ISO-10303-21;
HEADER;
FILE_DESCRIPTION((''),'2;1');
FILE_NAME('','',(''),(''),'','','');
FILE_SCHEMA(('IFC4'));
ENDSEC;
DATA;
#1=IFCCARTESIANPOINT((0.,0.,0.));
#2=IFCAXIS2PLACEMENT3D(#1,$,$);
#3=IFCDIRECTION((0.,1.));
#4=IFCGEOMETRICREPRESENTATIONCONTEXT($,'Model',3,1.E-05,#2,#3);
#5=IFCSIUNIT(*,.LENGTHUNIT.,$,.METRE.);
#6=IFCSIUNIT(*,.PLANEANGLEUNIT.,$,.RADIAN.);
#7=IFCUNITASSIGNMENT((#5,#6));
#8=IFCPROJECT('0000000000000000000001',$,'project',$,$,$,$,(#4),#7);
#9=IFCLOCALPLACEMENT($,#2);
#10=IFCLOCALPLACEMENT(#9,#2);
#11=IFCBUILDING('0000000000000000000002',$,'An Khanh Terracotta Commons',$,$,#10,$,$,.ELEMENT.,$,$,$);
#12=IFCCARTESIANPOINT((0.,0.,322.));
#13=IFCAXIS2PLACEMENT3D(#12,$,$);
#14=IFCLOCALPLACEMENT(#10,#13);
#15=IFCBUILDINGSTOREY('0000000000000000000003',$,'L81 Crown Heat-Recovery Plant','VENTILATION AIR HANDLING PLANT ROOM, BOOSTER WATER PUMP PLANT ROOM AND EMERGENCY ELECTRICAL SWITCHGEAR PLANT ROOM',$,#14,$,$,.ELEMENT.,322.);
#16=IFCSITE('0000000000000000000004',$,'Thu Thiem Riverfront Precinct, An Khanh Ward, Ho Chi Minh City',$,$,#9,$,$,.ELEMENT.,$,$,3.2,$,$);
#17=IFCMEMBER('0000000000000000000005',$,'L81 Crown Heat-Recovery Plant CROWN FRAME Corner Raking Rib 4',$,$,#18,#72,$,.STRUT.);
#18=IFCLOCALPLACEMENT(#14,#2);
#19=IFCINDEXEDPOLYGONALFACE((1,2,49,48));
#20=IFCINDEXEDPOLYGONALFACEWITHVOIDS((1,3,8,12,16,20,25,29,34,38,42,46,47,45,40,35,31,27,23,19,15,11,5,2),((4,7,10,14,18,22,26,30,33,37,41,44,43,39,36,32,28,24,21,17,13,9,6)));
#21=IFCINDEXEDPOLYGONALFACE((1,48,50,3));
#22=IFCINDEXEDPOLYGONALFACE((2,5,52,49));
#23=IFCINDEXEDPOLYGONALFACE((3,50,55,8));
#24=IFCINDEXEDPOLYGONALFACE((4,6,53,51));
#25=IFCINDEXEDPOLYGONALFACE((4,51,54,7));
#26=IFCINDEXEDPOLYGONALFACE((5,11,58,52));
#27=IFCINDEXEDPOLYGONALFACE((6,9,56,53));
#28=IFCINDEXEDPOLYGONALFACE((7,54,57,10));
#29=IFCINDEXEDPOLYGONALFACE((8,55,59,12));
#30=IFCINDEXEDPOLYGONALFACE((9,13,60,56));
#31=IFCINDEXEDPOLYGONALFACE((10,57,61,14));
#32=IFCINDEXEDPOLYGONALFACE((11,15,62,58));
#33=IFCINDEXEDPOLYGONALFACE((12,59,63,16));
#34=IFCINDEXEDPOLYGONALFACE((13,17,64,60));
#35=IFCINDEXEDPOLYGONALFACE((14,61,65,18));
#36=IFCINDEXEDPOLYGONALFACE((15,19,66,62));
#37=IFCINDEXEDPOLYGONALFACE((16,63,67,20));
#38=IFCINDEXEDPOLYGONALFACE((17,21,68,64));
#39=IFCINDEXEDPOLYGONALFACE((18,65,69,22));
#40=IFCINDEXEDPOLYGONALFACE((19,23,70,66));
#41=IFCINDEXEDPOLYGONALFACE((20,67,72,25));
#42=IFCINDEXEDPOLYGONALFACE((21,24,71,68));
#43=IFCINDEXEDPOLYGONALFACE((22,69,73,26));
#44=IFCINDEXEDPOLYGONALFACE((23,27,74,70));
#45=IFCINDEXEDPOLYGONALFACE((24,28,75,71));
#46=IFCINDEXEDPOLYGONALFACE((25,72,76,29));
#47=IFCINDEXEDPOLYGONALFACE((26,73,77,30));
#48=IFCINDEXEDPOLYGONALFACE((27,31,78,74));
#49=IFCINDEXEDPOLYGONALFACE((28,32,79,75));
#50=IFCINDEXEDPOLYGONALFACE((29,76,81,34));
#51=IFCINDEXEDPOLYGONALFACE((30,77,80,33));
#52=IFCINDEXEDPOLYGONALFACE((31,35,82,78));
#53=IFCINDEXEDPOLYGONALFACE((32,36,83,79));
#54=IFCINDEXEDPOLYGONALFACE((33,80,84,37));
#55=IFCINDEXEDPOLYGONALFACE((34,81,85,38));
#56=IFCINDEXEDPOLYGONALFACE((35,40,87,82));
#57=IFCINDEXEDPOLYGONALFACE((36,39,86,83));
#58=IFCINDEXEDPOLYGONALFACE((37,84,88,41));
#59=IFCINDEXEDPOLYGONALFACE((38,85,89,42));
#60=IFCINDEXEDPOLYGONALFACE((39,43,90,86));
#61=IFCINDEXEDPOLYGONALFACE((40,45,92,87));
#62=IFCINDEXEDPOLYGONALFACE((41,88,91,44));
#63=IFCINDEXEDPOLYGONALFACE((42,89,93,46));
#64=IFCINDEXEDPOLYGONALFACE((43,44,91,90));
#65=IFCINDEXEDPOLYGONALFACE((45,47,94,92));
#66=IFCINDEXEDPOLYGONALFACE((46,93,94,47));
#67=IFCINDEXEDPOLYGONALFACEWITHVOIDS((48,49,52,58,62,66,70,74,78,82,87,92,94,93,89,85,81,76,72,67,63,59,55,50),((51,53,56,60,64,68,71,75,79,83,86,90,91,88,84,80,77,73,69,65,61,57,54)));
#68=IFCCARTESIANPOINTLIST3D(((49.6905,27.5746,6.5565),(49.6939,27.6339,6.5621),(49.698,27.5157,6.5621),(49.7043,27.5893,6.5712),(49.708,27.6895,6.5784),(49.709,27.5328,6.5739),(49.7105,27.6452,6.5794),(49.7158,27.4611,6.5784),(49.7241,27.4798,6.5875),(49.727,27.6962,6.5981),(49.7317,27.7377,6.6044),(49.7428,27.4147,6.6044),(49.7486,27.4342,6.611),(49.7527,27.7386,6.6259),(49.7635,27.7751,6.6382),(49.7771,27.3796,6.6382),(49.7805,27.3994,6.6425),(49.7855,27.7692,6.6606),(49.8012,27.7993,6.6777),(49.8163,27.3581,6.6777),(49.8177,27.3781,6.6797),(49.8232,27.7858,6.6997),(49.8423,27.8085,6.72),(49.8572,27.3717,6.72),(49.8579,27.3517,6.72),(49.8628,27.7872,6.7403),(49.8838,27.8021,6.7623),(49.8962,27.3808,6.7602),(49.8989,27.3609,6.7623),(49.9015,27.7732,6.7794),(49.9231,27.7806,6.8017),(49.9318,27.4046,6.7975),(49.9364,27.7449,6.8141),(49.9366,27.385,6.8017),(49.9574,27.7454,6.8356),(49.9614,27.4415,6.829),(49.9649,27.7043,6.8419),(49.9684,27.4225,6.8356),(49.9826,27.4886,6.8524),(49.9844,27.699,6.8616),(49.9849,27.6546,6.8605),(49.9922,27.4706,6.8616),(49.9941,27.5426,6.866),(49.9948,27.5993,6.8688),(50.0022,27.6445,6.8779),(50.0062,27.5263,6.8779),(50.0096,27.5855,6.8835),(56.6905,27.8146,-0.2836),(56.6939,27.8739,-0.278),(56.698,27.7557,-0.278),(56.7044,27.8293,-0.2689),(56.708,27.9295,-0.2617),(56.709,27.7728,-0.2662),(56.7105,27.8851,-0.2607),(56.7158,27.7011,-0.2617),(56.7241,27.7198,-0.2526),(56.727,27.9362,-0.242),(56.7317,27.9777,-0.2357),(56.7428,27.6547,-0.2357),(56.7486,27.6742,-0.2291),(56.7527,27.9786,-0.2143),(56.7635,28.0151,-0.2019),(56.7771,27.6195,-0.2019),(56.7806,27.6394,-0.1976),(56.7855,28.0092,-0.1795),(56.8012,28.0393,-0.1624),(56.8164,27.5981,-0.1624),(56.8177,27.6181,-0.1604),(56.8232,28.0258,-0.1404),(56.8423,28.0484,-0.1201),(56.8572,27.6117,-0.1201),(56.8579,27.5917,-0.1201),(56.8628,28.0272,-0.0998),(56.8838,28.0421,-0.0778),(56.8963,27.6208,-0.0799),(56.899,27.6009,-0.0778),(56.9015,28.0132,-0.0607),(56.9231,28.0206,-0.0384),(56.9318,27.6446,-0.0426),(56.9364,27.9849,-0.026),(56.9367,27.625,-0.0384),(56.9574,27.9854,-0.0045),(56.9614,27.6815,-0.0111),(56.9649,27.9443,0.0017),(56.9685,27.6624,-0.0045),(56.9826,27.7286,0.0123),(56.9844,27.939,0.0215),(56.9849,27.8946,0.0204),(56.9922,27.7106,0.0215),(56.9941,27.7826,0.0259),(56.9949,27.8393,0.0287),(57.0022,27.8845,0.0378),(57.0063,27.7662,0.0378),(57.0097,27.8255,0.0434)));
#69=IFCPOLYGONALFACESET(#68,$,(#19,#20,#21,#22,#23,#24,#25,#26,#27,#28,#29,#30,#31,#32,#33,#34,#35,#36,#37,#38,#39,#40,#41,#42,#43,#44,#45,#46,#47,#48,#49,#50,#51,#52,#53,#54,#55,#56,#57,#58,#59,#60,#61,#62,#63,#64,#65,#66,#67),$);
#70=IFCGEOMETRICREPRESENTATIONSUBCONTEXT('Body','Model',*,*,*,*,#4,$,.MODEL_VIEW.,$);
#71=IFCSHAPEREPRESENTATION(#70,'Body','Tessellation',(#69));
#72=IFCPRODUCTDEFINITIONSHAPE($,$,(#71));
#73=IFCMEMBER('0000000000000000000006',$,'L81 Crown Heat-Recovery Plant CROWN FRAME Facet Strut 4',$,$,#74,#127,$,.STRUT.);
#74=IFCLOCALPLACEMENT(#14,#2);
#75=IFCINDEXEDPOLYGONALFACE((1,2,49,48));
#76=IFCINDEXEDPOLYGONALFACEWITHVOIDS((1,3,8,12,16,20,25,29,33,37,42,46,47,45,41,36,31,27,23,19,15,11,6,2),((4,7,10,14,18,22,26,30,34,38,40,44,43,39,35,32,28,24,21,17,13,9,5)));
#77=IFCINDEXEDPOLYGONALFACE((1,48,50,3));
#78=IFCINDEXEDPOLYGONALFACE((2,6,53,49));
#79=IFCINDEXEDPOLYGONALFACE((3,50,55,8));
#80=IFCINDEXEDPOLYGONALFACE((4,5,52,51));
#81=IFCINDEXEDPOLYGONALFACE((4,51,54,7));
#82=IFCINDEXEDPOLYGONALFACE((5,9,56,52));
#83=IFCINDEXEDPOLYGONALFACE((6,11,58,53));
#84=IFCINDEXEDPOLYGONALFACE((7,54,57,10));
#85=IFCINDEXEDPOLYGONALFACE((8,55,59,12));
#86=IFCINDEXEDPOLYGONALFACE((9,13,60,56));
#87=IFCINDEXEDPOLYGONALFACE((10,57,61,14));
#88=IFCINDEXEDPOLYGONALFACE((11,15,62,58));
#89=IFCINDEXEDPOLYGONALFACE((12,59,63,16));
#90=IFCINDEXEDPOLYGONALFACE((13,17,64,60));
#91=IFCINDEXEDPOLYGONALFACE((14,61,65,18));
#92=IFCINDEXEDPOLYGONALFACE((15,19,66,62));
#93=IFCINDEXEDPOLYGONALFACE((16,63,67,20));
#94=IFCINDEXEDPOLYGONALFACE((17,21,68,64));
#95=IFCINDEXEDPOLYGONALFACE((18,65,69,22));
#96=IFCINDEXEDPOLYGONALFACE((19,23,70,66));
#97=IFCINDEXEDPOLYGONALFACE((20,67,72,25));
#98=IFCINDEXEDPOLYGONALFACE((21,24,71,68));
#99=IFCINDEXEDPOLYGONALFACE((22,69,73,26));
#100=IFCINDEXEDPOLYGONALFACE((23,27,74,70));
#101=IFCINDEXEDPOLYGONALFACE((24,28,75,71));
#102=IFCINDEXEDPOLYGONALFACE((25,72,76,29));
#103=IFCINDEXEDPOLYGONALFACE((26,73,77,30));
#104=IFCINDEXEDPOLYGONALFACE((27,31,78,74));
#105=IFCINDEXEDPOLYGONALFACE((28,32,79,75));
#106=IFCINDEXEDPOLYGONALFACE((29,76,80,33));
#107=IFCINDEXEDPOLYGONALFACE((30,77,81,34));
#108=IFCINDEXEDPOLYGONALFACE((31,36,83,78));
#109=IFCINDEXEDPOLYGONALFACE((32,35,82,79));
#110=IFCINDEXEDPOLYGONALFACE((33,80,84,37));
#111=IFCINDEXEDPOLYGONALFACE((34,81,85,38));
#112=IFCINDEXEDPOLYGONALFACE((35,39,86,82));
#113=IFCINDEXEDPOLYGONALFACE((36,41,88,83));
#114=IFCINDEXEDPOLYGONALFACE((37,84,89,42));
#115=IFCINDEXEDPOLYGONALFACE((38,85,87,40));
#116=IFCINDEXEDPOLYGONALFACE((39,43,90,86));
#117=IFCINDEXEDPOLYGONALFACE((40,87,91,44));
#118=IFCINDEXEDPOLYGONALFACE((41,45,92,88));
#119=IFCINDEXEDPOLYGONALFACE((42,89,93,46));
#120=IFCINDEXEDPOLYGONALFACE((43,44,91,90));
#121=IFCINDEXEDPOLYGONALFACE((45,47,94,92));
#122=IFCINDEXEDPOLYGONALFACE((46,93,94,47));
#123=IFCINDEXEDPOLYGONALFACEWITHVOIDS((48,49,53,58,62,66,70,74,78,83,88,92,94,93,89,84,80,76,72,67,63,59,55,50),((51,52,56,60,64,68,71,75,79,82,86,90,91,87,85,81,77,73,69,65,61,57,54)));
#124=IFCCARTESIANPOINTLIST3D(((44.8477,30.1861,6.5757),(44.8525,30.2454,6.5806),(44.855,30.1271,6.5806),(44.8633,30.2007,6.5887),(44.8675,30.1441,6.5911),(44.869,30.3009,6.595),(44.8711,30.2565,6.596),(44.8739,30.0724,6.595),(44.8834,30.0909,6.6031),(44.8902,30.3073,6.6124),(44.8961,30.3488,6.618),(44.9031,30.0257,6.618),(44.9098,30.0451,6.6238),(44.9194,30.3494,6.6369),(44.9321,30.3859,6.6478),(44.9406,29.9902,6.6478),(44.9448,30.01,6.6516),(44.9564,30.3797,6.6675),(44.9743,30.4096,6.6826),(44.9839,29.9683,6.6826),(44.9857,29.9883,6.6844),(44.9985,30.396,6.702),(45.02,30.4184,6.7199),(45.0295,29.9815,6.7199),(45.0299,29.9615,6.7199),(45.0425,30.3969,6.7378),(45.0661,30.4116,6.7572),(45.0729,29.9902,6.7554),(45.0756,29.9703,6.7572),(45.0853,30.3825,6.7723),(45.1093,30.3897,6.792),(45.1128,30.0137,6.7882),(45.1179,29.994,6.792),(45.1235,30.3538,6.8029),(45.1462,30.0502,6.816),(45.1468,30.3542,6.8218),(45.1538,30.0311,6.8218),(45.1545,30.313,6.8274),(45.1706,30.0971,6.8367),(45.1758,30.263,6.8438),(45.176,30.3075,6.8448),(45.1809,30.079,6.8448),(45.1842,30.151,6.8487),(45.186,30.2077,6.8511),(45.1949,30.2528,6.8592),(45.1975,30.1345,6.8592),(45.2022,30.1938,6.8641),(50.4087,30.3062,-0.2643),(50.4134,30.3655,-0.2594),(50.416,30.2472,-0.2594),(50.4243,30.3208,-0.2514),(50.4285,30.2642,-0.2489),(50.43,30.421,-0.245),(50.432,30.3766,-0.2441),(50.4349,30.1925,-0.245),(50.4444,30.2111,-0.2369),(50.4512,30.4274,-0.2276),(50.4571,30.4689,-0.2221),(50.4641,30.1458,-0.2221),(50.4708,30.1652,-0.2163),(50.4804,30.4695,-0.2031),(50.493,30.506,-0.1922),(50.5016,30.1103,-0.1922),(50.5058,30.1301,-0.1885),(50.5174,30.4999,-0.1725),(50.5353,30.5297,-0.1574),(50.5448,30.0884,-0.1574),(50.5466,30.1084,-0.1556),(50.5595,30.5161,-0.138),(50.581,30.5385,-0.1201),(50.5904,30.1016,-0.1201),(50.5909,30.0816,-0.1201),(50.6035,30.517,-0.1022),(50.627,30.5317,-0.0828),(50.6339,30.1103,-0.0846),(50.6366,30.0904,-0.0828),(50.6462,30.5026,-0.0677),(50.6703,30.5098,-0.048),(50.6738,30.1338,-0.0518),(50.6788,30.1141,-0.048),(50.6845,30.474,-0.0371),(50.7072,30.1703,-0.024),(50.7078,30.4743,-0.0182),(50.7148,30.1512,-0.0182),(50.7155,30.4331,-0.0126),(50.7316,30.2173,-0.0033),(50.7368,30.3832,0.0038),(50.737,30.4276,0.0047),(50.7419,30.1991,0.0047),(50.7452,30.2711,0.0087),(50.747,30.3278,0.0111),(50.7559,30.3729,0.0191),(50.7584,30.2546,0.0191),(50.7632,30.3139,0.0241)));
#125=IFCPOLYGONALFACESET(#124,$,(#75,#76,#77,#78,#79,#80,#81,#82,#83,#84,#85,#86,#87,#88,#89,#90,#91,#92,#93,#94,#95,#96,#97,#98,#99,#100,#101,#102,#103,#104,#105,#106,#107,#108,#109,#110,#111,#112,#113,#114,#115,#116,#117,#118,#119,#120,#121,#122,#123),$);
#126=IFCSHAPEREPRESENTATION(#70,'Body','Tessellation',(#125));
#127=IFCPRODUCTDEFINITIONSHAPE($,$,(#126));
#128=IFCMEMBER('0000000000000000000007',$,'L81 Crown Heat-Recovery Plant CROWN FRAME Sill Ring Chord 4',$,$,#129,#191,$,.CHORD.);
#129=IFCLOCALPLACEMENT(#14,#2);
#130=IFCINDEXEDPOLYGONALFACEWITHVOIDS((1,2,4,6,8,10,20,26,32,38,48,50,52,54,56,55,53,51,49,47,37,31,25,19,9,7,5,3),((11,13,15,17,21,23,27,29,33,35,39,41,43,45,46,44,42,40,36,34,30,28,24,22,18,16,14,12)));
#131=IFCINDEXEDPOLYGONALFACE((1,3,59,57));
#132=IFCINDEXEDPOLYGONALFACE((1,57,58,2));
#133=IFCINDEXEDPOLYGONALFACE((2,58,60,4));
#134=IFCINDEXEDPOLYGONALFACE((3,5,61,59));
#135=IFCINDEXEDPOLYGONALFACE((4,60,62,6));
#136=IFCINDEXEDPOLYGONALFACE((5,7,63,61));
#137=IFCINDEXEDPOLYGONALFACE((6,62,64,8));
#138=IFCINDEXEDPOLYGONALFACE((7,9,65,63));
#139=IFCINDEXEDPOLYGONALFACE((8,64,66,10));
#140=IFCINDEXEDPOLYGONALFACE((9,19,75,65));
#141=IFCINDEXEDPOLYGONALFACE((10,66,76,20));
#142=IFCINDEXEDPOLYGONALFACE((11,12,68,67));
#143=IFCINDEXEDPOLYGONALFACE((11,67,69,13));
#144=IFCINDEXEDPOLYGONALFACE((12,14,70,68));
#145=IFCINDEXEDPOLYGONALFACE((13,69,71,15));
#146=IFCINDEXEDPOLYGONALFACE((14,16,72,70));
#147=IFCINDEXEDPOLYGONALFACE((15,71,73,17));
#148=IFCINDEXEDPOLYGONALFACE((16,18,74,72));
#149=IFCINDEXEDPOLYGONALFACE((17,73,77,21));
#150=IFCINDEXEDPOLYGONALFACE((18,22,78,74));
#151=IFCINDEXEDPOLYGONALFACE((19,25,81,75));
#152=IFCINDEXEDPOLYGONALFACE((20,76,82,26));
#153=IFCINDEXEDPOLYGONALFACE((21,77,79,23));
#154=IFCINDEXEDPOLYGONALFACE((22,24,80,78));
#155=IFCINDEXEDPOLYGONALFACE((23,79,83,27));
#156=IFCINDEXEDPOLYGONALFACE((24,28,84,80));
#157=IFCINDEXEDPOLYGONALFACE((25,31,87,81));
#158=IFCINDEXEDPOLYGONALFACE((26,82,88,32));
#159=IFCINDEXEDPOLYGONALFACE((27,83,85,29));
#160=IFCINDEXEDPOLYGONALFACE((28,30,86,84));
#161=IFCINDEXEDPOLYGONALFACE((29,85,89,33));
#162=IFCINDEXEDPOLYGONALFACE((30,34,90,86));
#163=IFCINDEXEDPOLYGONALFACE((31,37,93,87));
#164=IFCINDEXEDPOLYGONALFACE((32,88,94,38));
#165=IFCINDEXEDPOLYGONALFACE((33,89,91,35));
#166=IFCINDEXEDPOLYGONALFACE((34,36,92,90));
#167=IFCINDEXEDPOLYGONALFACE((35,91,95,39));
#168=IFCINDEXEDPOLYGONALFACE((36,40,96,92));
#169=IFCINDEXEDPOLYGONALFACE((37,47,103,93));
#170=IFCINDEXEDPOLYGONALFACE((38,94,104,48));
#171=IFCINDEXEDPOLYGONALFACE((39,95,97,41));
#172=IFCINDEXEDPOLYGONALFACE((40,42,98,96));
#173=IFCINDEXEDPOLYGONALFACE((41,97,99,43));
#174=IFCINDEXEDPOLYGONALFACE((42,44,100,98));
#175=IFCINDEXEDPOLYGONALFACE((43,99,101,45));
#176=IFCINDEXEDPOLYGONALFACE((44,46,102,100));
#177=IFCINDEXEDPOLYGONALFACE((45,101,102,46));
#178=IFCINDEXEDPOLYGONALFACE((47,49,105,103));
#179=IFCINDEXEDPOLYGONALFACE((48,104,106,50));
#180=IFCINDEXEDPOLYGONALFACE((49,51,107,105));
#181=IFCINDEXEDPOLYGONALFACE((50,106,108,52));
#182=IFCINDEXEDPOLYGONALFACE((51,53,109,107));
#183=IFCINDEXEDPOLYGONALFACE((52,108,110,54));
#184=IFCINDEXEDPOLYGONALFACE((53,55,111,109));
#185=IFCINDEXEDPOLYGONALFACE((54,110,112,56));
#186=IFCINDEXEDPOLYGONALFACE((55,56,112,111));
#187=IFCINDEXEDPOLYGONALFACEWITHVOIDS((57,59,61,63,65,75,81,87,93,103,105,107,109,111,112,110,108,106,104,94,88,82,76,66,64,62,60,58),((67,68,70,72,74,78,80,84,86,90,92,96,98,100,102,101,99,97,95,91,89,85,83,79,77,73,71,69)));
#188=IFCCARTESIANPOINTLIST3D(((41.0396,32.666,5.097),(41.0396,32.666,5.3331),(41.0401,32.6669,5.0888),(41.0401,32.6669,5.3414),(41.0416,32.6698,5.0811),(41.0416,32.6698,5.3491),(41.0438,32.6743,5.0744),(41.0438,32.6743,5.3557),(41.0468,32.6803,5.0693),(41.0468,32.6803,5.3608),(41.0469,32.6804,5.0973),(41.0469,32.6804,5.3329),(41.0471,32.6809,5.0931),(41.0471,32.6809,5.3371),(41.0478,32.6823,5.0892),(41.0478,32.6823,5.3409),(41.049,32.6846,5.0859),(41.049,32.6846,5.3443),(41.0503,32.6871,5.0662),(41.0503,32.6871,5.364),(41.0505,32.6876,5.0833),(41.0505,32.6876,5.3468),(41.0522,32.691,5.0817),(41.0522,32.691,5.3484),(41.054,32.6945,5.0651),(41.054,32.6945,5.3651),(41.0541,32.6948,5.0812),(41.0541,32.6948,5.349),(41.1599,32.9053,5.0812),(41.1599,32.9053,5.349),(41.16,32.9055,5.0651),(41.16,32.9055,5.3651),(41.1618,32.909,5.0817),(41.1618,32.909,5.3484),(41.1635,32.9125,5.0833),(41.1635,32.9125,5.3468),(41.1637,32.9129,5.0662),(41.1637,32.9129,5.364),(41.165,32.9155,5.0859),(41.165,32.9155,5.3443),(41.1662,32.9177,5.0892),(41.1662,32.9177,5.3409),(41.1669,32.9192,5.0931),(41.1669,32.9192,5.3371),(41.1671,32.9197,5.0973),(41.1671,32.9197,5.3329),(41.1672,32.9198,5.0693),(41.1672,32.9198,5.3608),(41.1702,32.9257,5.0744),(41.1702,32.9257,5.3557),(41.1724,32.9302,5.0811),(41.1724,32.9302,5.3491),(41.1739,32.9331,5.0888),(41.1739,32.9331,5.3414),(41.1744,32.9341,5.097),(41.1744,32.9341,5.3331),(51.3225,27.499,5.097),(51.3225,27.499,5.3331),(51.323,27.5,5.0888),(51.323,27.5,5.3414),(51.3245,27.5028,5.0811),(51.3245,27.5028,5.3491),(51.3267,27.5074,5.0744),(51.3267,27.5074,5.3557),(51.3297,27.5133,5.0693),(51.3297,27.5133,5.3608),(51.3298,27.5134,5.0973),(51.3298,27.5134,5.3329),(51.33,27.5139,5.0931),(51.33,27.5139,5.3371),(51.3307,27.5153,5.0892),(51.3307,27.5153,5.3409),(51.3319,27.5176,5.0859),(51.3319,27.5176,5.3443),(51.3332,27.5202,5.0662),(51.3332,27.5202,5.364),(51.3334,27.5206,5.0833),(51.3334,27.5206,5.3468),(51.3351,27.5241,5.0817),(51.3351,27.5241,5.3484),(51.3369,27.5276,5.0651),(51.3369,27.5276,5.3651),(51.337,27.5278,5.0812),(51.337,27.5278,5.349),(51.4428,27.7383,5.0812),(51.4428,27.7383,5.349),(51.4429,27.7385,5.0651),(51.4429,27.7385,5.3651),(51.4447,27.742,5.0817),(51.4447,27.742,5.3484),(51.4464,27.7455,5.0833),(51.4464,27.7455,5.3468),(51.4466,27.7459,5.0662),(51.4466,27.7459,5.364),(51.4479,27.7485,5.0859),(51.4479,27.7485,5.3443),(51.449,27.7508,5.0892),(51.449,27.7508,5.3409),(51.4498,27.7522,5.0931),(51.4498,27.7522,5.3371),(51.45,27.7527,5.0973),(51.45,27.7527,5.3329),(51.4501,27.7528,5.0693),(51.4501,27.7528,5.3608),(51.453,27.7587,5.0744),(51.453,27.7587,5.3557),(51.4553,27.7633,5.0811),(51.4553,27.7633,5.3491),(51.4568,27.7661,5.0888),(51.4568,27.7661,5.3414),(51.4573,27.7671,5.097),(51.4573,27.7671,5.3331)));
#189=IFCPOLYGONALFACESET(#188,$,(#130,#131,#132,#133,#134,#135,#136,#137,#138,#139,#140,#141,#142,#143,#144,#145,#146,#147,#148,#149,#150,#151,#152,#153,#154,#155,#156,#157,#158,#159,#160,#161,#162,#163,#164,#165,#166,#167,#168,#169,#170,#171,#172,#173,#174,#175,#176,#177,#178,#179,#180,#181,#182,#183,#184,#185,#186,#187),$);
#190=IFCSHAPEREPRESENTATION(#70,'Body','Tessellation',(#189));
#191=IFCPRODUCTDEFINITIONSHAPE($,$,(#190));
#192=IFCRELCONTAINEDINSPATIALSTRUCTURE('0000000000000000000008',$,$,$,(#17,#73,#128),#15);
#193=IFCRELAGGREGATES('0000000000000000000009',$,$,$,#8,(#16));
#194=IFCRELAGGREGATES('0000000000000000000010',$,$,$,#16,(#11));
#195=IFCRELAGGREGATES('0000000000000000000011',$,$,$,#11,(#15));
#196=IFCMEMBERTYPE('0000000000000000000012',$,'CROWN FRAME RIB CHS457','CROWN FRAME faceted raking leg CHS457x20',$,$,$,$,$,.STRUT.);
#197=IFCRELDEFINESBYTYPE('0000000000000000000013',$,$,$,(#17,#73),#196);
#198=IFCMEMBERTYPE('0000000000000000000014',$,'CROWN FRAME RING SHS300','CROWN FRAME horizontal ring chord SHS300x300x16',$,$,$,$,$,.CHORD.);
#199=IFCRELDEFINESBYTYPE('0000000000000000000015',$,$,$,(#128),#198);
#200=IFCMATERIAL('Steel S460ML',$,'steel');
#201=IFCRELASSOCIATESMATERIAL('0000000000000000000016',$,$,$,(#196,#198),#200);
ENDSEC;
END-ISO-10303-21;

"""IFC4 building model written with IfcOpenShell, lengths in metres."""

from ifc_helpers import new_model, si_unit, direction, frame, origin, origin_2d, place, context, subcontext, project, spatial, hollow_rectangle, hollow_circle, extrude, material, material_profile, profile_set, type_object, element, save


model = new_model("IFC4")

# Units and contexts
model_context = context("Model", 3, precision=1e-05, world=origin(), true_north=direction((0.0, 1.0)))
body_context = subcontext(model_context, "Body", "Model", "MODEL_VIEW")
ifc_project = project(units=[si_unit("LENGTHUNIT", "METRE"), si_unit("PLANEANGLEUNIT", "RADIAN")], contexts=[model_context])

# Site, building, storey
site_placement = place(None, origin())
site = spatial("IfcSite", under=ifc_project, at=site_placement, Name="Thu Thiem Riverfront Precinct, An Khanh Ward, Ho Chi Minh City", CompositionType="ELEMENT", RefElevation=3.2)
building_placement = place(site_placement, origin())
building = spatial("IfcBuilding", under=site, at=building_placement, Name="An Khanh Terracotta Commons", CompositionType="ELEMENT")
storey_placement = place(building_placement, frame((0.0, 0.0, 322.0)))
storey = spatial("IfcBuildingStorey", under=building, at=storey_placement, Name="L81 Crown Heat-Recovery Plant", Description="VENTILATION AIR HANDLING PLANT ROOM, BOOSTER WATER PUMP PLANT ROOM AND EMERGENCY ELECTRICAL SWITCHGEAR PLANT ROOM", CompositionType="ELEMENT", Elevation=322.0)

# Members
ifc_material_1 = material(Name="Steel S460ML", Category="steel")
ifc_material_profile_1 = material_profile(ifc_material_1, hollow_circle(Radius=0.2285, WallThickness=0.02, at=origin_2d()), Name="CHS457x20")
ifc_profile_set_1 = profile_set([ifc_material_profile_1], Name="Steel S460ML")
member_type_1 = type_object("IfcMemberType", Name="CROWN FRAME RIB CHS457", Description="CROWN FRAME faceted raking leg CHS457x20", PredefinedType="STRUT", material=ifc_profile_set_1)
member_1_placement = place(storey_placement, frame((56.8501, 27.8201, -0.1201), z_axis=(-0.715014, -0.024514, 0.69868), x_axis=(0.034264, -0.999413, 0.0)))
element("IfcMember", 1, at=member_1_placement, inside=storey, type_object=member_type_1, Name="L81 Crown Heat-Recovery Plant CROWN FRAME Corner Raking Rib 4", PredefinedType="STRUT", context=body_context, shape_type="SweptSolid", body=[
    extrude(hollow_circle(Radius=0.2285, WallThickness=0.02, at=origin_2d()), origin(), (0.0, 0.0, 1.0), 9.79),
])
member_2_placement = place(storey_placement, frame((50.5859, 30.3101, -0.1201), z_axis=(-0.630771, -0.013625, 0.77585), x_axis=(0.021595, -0.999767, 0.0)))
element("IfcMember", 2, at=member_2_placement, inside=storey, type_object=member_type_1, Name="L81 Crown Heat-Recovery Plant CROWN FRAME Facet Strut 4", PredefinedType="STRUT", context=body_context, shape_type="SweptSolid", body=[
    extrude(hollow_circle(Radius=0.2285, WallThickness=0.02, at=origin_2d()), origin(), (0.0, 0.0, 1.0), 8.8162),
])
ifc_material_profile_2 = material_profile(ifc_material_1, hollow_rectangle(XDim=0.3, YDim=0.3, WallThickness=0.0161, InnerFilletRadius=0.0161, OuterFilletRadius=0.032, at=origin_2d()), Name="SHS300x300x16")
ifc_profile_set_2 = profile_set([ifc_material_profile_2], Name="Steel S460ML")
member_type_2 = type_object("IfcMemberType", Name="CROWN FRAME RING SHS300", Description="CROWN FRAME horizontal ring chord SHS300x300x16", PredefinedType="CHORD", material=ifc_profile_set_2)
member_3_placement = place(storey_placement, frame((51.3899, 27.6331, 5.2151), z_axis=(-0.893539, 0.448986, 0.0), x_axis=(-0.448986, -0.893539, 0.0)))
element("IfcMember", 3, at=member_3_placement, inside=storey, type_object=member_type_2, Name="L81 Crown Heat-Recovery Plant CROWN FRAME Sill Ring Chord 4", PredefinedType="CHORD", context=body_context, shape_type="SweptSolid", body=[
    extrude(hollow_rectangle(XDim=0.3, YDim=0.3, WallThickness=0.0161, InnerFilletRadius=0.0161, OuterFilletRadius=0.032, at=origin_2d()), origin(), (0.0, 0.0, 1.0), 11.5081),
])

save(model, "model.ifc")
